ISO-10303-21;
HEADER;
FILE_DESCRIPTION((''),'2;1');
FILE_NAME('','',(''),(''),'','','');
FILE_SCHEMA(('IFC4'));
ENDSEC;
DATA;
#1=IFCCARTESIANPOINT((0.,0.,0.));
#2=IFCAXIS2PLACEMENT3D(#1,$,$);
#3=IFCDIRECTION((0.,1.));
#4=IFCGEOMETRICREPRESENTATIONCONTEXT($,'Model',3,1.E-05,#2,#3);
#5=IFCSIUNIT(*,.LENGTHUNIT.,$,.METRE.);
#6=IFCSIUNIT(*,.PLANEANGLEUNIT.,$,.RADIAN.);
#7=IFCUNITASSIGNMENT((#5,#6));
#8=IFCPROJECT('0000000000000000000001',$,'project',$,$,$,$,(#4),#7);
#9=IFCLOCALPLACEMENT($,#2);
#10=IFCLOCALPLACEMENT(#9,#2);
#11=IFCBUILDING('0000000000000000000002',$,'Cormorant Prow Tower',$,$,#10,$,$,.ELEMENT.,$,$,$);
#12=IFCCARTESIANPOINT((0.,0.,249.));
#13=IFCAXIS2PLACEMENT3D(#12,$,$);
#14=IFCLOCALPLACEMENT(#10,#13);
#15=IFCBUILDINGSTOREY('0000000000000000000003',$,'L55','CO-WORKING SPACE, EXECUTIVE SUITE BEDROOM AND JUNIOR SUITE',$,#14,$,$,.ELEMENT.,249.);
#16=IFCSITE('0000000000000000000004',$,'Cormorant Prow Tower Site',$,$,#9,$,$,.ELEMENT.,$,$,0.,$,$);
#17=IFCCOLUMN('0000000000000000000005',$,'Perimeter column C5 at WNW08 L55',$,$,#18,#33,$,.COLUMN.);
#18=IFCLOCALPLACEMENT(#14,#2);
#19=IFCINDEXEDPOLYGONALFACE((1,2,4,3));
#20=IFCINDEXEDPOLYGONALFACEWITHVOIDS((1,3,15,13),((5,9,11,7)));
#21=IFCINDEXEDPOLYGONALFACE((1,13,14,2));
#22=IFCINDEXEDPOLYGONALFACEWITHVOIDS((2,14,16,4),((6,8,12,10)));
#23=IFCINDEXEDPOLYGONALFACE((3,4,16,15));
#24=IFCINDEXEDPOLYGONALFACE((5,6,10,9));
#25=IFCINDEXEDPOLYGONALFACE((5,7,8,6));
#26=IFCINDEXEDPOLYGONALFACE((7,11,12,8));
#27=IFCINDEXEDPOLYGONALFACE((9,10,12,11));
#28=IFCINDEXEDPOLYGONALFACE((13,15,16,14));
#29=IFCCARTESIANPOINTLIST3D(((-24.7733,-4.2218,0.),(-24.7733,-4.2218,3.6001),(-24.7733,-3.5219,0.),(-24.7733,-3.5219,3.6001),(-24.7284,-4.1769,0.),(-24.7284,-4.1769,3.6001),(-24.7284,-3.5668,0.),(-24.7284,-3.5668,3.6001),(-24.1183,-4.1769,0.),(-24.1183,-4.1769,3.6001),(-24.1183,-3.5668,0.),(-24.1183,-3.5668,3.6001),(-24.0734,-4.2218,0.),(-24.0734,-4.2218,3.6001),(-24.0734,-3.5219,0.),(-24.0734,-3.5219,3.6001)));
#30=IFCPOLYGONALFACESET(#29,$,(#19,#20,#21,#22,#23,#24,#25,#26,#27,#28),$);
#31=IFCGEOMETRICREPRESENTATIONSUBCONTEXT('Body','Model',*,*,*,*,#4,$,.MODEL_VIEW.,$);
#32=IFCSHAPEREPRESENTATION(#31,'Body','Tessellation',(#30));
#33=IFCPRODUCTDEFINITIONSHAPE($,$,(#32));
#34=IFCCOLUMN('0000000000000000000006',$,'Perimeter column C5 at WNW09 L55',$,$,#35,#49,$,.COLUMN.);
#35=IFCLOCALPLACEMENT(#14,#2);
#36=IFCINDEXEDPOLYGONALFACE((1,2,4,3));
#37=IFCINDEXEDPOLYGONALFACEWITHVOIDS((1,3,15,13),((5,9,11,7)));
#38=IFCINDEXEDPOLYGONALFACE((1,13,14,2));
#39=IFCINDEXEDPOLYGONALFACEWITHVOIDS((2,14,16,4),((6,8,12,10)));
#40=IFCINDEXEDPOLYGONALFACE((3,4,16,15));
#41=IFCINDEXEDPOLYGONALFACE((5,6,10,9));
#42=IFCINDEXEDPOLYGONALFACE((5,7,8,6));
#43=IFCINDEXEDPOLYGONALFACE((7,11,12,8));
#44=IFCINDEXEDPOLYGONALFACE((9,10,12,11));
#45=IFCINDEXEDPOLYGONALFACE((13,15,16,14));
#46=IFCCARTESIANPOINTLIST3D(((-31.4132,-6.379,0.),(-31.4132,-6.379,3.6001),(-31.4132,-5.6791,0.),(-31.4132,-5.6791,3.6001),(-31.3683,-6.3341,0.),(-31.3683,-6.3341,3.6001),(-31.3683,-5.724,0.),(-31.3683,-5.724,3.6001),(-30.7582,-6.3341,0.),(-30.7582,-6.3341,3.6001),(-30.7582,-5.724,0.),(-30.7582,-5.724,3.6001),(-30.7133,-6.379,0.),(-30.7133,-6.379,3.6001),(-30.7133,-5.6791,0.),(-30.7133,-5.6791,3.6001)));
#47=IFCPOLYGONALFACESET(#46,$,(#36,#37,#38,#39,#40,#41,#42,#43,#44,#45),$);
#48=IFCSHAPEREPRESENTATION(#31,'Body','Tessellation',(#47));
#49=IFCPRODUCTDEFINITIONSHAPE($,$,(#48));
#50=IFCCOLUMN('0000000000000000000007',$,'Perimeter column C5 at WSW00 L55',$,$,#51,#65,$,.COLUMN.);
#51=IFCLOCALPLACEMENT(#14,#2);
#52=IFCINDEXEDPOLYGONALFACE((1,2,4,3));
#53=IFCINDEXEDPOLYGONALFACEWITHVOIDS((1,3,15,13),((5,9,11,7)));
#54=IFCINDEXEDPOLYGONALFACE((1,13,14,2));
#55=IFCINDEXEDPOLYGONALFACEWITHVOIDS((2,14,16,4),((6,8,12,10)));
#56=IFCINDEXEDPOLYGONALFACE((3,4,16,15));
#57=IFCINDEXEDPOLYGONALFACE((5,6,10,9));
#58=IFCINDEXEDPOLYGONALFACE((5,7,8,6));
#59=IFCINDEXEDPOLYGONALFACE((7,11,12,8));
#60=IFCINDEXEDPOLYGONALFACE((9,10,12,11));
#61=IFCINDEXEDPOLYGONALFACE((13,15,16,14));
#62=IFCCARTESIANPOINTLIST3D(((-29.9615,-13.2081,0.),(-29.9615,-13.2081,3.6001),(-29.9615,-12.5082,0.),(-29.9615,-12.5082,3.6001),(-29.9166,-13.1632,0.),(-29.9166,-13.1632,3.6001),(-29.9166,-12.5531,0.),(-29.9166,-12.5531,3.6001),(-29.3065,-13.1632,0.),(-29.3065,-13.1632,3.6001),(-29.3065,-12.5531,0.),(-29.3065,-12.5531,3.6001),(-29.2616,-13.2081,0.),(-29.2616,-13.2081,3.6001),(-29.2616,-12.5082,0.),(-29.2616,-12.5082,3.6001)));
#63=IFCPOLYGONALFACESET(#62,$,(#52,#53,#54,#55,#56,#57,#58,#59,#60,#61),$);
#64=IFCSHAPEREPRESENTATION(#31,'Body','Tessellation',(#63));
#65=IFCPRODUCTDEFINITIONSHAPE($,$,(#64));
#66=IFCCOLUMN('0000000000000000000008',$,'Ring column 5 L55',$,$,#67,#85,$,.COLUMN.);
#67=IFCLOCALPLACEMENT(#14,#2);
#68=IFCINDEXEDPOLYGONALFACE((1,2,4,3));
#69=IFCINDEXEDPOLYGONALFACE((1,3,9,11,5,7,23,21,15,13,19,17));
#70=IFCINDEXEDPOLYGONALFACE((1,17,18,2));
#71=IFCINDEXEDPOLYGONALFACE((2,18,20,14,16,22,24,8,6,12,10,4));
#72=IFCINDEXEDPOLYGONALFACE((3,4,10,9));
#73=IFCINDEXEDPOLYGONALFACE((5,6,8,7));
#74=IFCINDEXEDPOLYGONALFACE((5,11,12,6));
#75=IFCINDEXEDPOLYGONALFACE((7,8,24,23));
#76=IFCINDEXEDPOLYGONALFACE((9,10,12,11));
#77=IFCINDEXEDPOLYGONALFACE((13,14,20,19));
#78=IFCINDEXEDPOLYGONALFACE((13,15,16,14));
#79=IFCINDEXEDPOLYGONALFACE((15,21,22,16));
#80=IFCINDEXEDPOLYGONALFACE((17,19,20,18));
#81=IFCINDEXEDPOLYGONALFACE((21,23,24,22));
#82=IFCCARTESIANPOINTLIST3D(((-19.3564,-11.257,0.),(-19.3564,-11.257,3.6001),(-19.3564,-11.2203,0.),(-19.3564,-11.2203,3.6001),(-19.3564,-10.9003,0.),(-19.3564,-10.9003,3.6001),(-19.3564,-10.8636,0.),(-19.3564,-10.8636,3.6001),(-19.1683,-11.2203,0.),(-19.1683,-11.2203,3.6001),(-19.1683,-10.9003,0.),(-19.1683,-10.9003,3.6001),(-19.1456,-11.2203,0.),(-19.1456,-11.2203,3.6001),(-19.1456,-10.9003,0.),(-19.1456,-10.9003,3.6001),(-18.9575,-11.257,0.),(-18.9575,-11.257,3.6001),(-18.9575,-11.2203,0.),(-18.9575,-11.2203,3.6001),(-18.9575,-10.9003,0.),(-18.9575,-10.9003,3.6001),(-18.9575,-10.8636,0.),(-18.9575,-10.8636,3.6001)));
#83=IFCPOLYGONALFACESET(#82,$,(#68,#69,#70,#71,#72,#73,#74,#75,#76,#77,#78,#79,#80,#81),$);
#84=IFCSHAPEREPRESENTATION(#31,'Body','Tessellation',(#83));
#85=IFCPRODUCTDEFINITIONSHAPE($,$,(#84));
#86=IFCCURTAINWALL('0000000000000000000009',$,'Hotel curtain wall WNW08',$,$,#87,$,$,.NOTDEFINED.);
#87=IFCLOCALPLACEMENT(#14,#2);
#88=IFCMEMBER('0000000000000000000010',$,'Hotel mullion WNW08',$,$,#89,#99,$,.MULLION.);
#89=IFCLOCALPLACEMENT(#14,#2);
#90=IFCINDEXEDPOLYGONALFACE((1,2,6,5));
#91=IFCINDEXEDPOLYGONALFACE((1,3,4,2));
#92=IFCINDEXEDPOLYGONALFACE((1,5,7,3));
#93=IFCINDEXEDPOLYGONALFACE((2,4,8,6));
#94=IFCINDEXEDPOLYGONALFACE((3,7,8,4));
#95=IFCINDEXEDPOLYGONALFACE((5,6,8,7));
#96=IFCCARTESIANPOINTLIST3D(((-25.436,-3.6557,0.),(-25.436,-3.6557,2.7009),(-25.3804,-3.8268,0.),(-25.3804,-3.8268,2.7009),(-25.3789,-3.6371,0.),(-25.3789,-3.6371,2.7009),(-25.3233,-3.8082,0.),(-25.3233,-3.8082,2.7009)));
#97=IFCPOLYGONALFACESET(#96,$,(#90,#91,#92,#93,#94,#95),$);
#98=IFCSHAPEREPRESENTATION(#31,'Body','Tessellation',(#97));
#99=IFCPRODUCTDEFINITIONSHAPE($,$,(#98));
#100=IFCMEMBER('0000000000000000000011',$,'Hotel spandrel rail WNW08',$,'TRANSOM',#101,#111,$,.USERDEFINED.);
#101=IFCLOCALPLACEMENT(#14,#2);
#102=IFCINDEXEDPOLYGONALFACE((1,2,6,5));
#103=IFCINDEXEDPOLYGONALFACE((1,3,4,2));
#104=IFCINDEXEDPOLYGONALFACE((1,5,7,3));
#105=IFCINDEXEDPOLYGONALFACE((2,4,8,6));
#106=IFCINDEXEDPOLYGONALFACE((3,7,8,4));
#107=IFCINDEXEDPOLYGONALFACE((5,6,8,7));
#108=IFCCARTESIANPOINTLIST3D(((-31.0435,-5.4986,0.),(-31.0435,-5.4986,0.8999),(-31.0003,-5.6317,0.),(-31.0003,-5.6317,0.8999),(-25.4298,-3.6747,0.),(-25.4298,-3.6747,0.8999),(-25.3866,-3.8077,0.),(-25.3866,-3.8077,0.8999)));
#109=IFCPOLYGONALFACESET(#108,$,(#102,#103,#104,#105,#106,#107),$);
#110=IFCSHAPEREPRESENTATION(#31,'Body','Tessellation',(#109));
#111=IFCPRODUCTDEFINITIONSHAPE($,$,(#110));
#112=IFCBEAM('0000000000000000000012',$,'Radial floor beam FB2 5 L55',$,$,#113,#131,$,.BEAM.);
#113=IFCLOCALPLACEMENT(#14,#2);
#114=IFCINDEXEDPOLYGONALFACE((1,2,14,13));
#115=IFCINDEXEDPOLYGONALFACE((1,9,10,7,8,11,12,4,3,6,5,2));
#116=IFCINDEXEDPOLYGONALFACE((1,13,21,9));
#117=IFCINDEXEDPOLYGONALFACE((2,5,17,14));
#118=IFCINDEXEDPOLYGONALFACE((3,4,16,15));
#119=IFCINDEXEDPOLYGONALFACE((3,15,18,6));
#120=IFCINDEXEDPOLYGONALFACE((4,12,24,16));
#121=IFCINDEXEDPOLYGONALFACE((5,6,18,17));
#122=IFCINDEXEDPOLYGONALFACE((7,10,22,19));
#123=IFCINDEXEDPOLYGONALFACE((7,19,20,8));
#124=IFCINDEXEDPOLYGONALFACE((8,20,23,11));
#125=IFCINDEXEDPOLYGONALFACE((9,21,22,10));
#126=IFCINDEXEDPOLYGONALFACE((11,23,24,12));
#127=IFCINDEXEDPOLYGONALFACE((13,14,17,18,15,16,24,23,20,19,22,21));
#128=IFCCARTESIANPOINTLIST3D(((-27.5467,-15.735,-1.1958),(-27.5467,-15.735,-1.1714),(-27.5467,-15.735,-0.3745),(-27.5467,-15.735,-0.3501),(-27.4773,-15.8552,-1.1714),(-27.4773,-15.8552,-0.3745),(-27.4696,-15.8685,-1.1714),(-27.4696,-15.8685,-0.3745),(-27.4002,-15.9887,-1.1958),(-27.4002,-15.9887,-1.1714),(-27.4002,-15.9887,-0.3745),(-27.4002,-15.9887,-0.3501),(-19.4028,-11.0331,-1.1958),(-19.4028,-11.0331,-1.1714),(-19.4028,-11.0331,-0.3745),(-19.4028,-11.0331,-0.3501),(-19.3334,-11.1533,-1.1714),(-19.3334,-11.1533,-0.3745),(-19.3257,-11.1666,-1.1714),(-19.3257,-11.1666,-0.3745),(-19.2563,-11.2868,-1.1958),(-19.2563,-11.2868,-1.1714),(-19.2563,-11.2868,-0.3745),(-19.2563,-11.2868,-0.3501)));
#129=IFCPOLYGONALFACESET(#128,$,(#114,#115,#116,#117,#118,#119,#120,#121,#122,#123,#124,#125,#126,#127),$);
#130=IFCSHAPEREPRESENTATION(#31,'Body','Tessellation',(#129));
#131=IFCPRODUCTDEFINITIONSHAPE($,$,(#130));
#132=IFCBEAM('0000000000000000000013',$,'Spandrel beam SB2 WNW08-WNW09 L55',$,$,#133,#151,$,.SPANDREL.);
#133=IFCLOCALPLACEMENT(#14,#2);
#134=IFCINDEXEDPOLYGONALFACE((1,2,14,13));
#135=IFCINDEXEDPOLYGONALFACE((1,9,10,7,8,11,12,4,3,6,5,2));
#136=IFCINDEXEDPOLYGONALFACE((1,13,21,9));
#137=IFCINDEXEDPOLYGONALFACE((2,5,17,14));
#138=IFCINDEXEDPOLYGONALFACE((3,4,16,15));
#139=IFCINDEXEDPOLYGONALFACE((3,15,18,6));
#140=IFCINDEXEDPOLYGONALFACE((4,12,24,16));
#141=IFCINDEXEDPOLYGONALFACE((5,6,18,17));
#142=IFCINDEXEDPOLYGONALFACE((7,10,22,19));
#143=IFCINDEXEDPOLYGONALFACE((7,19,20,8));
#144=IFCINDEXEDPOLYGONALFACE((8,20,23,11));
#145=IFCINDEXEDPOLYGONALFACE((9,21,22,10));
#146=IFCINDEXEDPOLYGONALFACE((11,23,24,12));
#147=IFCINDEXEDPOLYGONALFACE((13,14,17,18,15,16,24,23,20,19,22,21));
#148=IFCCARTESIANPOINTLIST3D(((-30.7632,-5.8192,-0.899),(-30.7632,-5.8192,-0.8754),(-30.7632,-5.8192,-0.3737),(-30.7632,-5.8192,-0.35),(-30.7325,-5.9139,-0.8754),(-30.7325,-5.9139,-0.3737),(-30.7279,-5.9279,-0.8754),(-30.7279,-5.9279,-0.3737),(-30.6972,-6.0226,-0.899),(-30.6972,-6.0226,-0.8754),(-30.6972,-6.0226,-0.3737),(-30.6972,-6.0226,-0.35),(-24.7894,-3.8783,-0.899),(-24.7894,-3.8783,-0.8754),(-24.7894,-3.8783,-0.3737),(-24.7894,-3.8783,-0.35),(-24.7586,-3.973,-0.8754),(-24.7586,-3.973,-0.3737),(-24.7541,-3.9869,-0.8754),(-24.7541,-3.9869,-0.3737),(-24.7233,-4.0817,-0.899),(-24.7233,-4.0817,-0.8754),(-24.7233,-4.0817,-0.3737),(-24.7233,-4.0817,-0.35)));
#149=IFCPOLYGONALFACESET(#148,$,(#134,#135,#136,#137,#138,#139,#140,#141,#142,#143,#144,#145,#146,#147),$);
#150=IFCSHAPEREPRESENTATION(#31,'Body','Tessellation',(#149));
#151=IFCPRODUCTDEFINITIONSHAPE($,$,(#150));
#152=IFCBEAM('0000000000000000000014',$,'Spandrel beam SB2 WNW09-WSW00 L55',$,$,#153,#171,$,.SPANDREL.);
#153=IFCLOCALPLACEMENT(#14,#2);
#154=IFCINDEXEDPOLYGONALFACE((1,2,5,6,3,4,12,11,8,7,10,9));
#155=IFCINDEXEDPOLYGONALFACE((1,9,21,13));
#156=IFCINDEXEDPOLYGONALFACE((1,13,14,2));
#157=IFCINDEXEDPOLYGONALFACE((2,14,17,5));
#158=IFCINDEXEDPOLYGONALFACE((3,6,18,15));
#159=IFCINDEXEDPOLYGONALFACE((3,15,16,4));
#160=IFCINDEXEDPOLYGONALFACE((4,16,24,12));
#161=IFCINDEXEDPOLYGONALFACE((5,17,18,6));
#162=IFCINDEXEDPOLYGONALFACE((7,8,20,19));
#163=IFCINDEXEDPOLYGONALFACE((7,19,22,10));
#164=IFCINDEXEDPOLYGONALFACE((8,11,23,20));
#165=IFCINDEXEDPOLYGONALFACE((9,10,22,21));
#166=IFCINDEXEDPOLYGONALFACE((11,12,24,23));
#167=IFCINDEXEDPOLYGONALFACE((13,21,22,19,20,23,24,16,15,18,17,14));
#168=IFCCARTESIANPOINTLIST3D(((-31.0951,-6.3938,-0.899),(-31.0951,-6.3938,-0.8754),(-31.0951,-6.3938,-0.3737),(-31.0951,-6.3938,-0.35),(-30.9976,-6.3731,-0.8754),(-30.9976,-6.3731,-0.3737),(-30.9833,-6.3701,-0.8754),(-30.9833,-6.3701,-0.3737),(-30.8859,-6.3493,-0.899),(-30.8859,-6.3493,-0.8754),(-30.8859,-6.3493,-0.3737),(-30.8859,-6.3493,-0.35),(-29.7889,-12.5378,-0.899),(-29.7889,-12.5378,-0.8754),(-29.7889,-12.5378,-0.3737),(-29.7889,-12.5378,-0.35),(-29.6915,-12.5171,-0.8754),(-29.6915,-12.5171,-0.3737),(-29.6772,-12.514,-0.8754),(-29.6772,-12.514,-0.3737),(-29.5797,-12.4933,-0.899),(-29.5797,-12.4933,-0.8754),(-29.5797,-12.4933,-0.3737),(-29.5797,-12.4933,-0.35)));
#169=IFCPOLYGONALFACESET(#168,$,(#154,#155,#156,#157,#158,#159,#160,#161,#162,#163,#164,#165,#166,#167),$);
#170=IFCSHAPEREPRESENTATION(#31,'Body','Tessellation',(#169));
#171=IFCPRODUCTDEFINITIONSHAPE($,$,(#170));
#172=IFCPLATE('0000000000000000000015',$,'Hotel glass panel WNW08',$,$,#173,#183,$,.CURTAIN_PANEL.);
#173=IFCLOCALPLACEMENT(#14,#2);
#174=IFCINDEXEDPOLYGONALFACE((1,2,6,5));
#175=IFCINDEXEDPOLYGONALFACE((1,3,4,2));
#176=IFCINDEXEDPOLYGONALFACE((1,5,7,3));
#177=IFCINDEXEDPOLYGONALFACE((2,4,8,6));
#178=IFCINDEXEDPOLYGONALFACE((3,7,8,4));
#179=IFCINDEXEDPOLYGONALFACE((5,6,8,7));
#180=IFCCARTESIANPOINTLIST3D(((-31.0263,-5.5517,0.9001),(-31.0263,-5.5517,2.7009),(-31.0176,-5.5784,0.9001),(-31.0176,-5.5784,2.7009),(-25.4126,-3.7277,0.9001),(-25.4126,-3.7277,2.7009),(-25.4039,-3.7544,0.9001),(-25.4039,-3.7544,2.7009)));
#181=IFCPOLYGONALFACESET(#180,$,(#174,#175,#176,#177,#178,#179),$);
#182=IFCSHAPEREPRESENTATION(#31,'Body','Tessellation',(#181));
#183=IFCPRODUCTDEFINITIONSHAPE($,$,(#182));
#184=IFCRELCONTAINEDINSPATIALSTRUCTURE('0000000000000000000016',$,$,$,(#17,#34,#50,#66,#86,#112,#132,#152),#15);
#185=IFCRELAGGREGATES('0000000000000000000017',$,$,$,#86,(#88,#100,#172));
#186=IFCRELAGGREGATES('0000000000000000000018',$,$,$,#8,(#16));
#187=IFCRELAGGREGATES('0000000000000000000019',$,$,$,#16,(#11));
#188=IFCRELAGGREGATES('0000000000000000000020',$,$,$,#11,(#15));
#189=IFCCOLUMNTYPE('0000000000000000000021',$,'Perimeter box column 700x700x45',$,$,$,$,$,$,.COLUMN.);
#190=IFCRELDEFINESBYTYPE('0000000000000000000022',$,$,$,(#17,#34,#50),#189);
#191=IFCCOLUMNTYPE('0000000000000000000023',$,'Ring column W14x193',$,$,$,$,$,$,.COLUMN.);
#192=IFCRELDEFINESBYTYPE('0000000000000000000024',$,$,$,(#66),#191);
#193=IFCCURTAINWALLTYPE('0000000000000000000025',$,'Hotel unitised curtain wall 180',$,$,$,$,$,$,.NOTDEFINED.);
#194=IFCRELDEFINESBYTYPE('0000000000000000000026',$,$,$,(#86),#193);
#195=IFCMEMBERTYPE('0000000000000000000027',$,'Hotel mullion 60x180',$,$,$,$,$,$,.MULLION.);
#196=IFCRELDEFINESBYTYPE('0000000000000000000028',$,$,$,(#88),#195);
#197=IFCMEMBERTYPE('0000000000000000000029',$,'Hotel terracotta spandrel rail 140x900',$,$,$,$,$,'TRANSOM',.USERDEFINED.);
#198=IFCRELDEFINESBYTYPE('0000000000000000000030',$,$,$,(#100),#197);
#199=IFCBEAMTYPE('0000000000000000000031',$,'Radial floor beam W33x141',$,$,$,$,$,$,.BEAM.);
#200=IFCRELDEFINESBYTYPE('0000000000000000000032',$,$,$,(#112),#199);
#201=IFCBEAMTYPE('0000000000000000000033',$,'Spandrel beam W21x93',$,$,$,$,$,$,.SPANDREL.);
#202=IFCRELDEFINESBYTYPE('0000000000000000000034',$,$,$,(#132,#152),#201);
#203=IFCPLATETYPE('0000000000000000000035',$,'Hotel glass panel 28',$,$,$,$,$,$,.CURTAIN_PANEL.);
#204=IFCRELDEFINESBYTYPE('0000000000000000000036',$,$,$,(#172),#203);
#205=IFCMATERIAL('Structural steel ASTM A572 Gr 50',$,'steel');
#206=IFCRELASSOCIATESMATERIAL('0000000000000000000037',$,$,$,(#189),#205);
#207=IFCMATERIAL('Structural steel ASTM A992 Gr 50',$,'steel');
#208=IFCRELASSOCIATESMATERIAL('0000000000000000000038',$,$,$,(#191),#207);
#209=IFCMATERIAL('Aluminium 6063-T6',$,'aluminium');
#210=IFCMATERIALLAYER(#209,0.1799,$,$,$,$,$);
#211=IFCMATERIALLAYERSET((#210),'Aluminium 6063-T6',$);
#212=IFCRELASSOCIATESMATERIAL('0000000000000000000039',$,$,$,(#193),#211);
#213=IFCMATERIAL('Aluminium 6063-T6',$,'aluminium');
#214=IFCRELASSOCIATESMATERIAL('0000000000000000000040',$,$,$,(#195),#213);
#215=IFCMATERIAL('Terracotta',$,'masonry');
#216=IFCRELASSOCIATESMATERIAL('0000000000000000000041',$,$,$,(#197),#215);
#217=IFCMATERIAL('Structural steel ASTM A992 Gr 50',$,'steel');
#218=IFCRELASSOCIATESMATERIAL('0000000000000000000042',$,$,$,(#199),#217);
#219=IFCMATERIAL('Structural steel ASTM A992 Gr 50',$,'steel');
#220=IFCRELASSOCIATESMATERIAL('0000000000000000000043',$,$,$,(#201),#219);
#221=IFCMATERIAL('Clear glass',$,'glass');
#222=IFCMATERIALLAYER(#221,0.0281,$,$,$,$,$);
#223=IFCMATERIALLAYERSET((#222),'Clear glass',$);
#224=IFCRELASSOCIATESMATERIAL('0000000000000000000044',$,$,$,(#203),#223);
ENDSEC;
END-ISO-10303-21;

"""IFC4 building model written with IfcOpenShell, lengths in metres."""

from ifc_helpers import new_model, si_unit, direction, frame, origin, origin_2d, place, context, subcontext, project, spatial, rectangle, hollow_rectangle, i_section, extrude, material, layer, layer_set, material_profile, profile_set, type_object, element, aggregate, save


model = new_model("IFC4")

# Units and contexts
model_context = context("Model", 3, precision=1e-05, world=origin(), true_north=direction((0.0, 1.0)))
body_context = subcontext(model_context, "Body", "Model", "MODEL_VIEW")
ifc_project = project(units=[si_unit("LENGTHUNIT", "METRE"), si_unit("PLANEANGLEUNIT", "RADIAN")], contexts=[model_context])

# Site, building, storey
site_placement = place(None, origin())
site = spatial("IfcSite", under=ifc_project, at=site_placement, Name="Cormorant Prow Tower Site", CompositionType="ELEMENT", RefElevation=0.0)
building_placement = place(site_placement, origin())
building = spatial("IfcBuilding", under=site, at=building_placement, Name="Cormorant Prow Tower", CompositionType="ELEMENT")
storey_placement = place(building_placement, frame((0.0, 0.0, 249.0)))
storey = spatial("IfcBuildingStorey", under=building, at=storey_placement, Name="L55", Description="CO-WORKING SPACE, EXECUTIVE SUITE BEDROOM AND JUNIOR SUITE", CompositionType="ELEMENT", Elevation=249.0)

# Columns
ifc_material_1 = material(Name="Structural steel ASTM A572 Gr 50", Category="steel")
ifc_material_profile_1 = material_profile(ifc_material_1, hollow_rectangle(XDim=0.7, YDim=0.7, WallThickness=0.0449, at=origin_2d()), Name="Box 700x700x45")
ifc_profile_set_1 = profile_set([ifc_material_profile_1], Name="Structural steel ASTM A572 Gr 50")
column_type_1 = type_object("IfcColumnType", Name="Perimeter box column 700x700x45", PredefinedType="COLUMN", material=ifc_profile_set_1)
for number, where, z_axis, x_axis, name in (
    (1, (-24.4233, -3.8718, 0.0), (0.0, 0.0, 1.0), (1.0, 0.0, 0.0), "Perimeter column C5 at WNW08 L55"),
    (2, (-31.0632, -6.0291, 0.0), (0.0, 0.0, 1.0), (1.0, 0.0, 0.0), "Perimeter column C5 at WNW09 L55"),
    (3, (-29.6116, -12.8582, 0.0), (0.0, 0.0, 1.0), (1.0, 0.0, 0.0), "Perimeter column C5 at WSW00 L55"),
):
    element("IfcColumn", number, at=place(storey_placement, frame(where, z_axis=z_axis, x_axis=x_axis)), inside=storey, type_object=column_type_1, Name=name, PredefinedType="COLUMN", context=body_context, shape_type="SweptSolid", body=[
        extrude(hollow_rectangle(XDim=0.7, YDim=0.7, WallThickness=0.0449, at=origin_2d()), origin(), (0.0, 0.0, 1.0), 3.6001),
    ])
ifc_material_2 = material(Name="Structural steel ASTM A992 Gr 50", Category="steel")
ifc_material_profile_2 = material_profile(ifc_material_2, i_section(OverallWidth=0.3989, OverallDepth=0.3933, WebThickness=0.0227, FlangeThickness=0.0366, at=origin_2d()), Name="W14x193")
ifc_profile_set_2 = profile_set([ifc_material_profile_2], Name="Structural steel ASTM A992 Gr 50")
column_type_2 = type_object("IfcColumnType", Name="Ring column W14x193", PredefinedType="COLUMN", material=ifc_profile_set_2)
column_placement = place(storey_placement, frame((-19.157, -11.0603, 0.0), z_axis=(0.0, 0.0, 1.0), x_axis=(1.0, 0.0, 0.0)))
element("IfcColumn", 4, at=column_placement, inside=storey, type_object=column_type_2, Name="Ring column 5 L55", PredefinedType="COLUMN", context=body_context, shape_type="SweptSolid", body=[
    extrude(i_section(OverallWidth=0.3989, OverallDepth=0.3933, WebThickness=0.0227, FlangeThickness=0.0366, at=origin_2d()), origin(), (0.0, 0.0, 1.0), 3.6001),
])

# Curtain wall, members
ifc_material_3 = material(Name="Aluminium 6063-T6", Category="aluminium")
ifc_layer_1 = layer(ifc_material_3, 0.1799)
ifc_layer_set_1 = layer_set([ifc_layer_1], Name="Aluminium 6063-T6")
curtain_wall_type = type_object("IfcCurtainWallType", Name="Hotel unitised curtain wall 180", PredefinedType="NOTDEFINED", material=ifc_layer_set_1)
curtain_wall_placement = place(storey_placement, origin())
curtain_wall = element("IfcCurtainWall", 5, at=curtain_wall_placement, inside=storey, type_object=curtain_wall_type, Name="Hotel curtain wall WNW08", PredefinedType="NOTDEFINED")
ifc_material_4 = material(Name="Aluminium 6063-T6", Category="aluminium")
ifc_material_profile_3 = material_profile(ifc_material_4, rectangle(XDim=0.1799, YDim=0.0601, at=origin_2d()), Name="Hotel mullion 60x180")
ifc_profile_set_3 = profile_set([ifc_material_profile_3], Name="Aluminium 6063-T6")
member_type_1 = type_object("IfcMemberType", Name="Hotel mullion 60x180", PredefinedType="MULLION", material=ifc_profile_set_3)
member_1_placement = place(storey_placement, frame((-25.3796, -3.7319, 0.0), z_axis=(0.0, 0.0, 1.0), x_axis=(0.309017, -0.951057, 0.0)))
member_1 = element("IfcMember", 6, at=member_1_placement, type_object=member_type_1, Name="Hotel mullion WNW08", PredefinedType="MULLION", context=body_context, shape_type="SweptSolid", body=[
    extrude(rectangle(XDim=0.1799, YDim=0.0601, at=origin_2d()), origin(), (0.0, 0.0, 1.0), 2.7009),
])
ifc_material_5 = material(Name="Terracotta", Category="masonry")
ifc_material_profile_4 = material_profile(ifc_material_5, rectangle(XDim=0.1399, YDim=0.8999, at=origin_2d()), Name="Hotel terracotta spandrel rail 140x900")
ifc_profile_set_4 = profile_set([ifc_material_profile_4], Name="Terracotta")
member_type_2 = type_object("IfcMemberType", Name="Hotel terracotta spandrel rail 140x900", ElementType="TRANSOM", PredefinedType="USERDEFINED", material=ifc_profile_set_4)
member_2_placement = place(storey_placement, frame((-25.4082, -3.7412, 0.45), z_axis=(-0.951059, -0.309009, 0.0), x_axis=(0.309009, -0.951059, 0.0)))
member_2 = element("IfcMember", 7, at=member_2_placement, type_object=member_type_2, Name="Hotel spandrel rail WNW08", ObjectType="TRANSOM", PredefinedType="USERDEFINED", context=body_context, shape_type="SweptSolid", body=[
    extrude(rectangle(XDim=0.1399, YDim=0.8999, at=origin_2d()), origin(), (0.0, 0.0, 1.0), 5.9026),
])

# Beams
ifc_material_6 = material(Name="Structural steel ASTM A992 Gr 50", Category="steel")
ifc_material_profile_5 = material_profile(ifc_material_6, i_section(OverallWidth=0.293, OverallDepth=0.8457, WebThickness=0.0154, FlangeThickness=0.0244, at=origin_2d()), Name="W33x141")
ifc_profile_set_5 = profile_set([ifc_material_profile_5], Name="Structural steel ASTM A992 Gr 50")
beam_type_1 = type_object("IfcBeamType", Name="Radial floor beam W33x141", PredefinedType="BEAM", material=ifc_profile_set_5)
beam_placement = place(storey_placement, frame((-19.3296, -11.1599, -0.7729), z_axis=(-0.866022, -0.500006, 0.0), x_axis=(0.500006, -0.866022, 0.0)))
element("IfcBeam", 8, at=beam_placement, inside=storey, type_object=beam_type_1, Name="Radial floor beam FB2 5 L55", PredefinedType="BEAM", context=body_context, shape_type="SweptSolid", body=[
    extrude(i_section(OverallWidth=0.293, OverallDepth=0.8457, WebThickness=0.0154, FlangeThickness=0.0244, at=origin_2d()), origin(), (0.0, 0.0, 1.0), 9.4038),
])
ifc_material_7 = material(Name="Structural steel ASTM A992 Gr 50", Category="steel")
ifc_material_profile_6 = material_profile(ifc_material_7, i_section(OverallWidth=0.2139, OverallDepth=0.5491, WebThickness=0.0146, FlangeThickness=0.0237, at=origin_2d()), Name="W21x93")
ifc_profile_set_6 = profile_set([ifc_material_profile_6], Name="Structural steel ASTM A992 Gr 50")
beam_type_2 = type_object("IfcBeamType", Name="Spandrel beam W21x93", PredefinedType="SPANDREL", material=ifc_profile_set_6)
for number, where, z_axis, x_axis, name in (
    (9, (-24.7563, -3.98, -0.6245), (-0.951062, -0.309001, 0.0), (0.309001, -0.951062, 0.0), "Spandrel beam SB2 WNW08-WNW09 L55"),
    (10, (-30.9905, -6.3716, -0.6245), (0.207941, -0.978141, 0.0), (0.978141, 0.207941, 0.0), "Spandrel beam SB2 WNW09-WSW00 L55"),
):
    element("IfcBeam", number, at=place(storey_placement, frame(where, z_axis=z_axis, x_axis=x_axis)), inside=storey, type_object=beam_type_2, Name=name, PredefinedType="SPANDREL", context=body_context, shape_type="SweptSolid", body=[
        extrude(i_section(OverallWidth=0.2139, OverallDepth=0.5491, WebThickness=0.0146, FlangeThickness=0.0237, at=origin_2d()), origin(), (0.0, 0.0, 1.0), 6.2812),
    ])

# Plate
ifc_material_8 = material(Name="Clear glass", Category="glass")
ifc_layer_2 = layer(ifc_material_8, 0.0281)
ifc_layer_set_2 = layer_set([ifc_layer_2], Name="Clear glass")
plate_type = type_object("IfcPlateType", Name="Hotel glass panel 28", PredefinedType="CURTAIN_PANEL", material=ifc_layer_set_2)
plate_placement = place(storey_placement, frame((-28.2151, -4.6531, 0.9001), z_axis=(0.0, 0.0, 1.0), x_axis=(-0.951057, -0.309017, 0.0)))
plate = element("IfcPlate", 11, at=plate_placement, type_object=plate_type, Name="Hotel glass panel WNW08", PredefinedType="CURTAIN_PANEL", context=body_context, shape_type="SweptSolid", body=[
    extrude(rectangle(XDim=5.9026, YDim=0.0281, at=origin_2d()), origin(), (0.0, 0.0, 1.0), 1.8008),
])
aggregate(curtain_wall, [member_1, member_2, plate])

save(model, "model.ifc")
